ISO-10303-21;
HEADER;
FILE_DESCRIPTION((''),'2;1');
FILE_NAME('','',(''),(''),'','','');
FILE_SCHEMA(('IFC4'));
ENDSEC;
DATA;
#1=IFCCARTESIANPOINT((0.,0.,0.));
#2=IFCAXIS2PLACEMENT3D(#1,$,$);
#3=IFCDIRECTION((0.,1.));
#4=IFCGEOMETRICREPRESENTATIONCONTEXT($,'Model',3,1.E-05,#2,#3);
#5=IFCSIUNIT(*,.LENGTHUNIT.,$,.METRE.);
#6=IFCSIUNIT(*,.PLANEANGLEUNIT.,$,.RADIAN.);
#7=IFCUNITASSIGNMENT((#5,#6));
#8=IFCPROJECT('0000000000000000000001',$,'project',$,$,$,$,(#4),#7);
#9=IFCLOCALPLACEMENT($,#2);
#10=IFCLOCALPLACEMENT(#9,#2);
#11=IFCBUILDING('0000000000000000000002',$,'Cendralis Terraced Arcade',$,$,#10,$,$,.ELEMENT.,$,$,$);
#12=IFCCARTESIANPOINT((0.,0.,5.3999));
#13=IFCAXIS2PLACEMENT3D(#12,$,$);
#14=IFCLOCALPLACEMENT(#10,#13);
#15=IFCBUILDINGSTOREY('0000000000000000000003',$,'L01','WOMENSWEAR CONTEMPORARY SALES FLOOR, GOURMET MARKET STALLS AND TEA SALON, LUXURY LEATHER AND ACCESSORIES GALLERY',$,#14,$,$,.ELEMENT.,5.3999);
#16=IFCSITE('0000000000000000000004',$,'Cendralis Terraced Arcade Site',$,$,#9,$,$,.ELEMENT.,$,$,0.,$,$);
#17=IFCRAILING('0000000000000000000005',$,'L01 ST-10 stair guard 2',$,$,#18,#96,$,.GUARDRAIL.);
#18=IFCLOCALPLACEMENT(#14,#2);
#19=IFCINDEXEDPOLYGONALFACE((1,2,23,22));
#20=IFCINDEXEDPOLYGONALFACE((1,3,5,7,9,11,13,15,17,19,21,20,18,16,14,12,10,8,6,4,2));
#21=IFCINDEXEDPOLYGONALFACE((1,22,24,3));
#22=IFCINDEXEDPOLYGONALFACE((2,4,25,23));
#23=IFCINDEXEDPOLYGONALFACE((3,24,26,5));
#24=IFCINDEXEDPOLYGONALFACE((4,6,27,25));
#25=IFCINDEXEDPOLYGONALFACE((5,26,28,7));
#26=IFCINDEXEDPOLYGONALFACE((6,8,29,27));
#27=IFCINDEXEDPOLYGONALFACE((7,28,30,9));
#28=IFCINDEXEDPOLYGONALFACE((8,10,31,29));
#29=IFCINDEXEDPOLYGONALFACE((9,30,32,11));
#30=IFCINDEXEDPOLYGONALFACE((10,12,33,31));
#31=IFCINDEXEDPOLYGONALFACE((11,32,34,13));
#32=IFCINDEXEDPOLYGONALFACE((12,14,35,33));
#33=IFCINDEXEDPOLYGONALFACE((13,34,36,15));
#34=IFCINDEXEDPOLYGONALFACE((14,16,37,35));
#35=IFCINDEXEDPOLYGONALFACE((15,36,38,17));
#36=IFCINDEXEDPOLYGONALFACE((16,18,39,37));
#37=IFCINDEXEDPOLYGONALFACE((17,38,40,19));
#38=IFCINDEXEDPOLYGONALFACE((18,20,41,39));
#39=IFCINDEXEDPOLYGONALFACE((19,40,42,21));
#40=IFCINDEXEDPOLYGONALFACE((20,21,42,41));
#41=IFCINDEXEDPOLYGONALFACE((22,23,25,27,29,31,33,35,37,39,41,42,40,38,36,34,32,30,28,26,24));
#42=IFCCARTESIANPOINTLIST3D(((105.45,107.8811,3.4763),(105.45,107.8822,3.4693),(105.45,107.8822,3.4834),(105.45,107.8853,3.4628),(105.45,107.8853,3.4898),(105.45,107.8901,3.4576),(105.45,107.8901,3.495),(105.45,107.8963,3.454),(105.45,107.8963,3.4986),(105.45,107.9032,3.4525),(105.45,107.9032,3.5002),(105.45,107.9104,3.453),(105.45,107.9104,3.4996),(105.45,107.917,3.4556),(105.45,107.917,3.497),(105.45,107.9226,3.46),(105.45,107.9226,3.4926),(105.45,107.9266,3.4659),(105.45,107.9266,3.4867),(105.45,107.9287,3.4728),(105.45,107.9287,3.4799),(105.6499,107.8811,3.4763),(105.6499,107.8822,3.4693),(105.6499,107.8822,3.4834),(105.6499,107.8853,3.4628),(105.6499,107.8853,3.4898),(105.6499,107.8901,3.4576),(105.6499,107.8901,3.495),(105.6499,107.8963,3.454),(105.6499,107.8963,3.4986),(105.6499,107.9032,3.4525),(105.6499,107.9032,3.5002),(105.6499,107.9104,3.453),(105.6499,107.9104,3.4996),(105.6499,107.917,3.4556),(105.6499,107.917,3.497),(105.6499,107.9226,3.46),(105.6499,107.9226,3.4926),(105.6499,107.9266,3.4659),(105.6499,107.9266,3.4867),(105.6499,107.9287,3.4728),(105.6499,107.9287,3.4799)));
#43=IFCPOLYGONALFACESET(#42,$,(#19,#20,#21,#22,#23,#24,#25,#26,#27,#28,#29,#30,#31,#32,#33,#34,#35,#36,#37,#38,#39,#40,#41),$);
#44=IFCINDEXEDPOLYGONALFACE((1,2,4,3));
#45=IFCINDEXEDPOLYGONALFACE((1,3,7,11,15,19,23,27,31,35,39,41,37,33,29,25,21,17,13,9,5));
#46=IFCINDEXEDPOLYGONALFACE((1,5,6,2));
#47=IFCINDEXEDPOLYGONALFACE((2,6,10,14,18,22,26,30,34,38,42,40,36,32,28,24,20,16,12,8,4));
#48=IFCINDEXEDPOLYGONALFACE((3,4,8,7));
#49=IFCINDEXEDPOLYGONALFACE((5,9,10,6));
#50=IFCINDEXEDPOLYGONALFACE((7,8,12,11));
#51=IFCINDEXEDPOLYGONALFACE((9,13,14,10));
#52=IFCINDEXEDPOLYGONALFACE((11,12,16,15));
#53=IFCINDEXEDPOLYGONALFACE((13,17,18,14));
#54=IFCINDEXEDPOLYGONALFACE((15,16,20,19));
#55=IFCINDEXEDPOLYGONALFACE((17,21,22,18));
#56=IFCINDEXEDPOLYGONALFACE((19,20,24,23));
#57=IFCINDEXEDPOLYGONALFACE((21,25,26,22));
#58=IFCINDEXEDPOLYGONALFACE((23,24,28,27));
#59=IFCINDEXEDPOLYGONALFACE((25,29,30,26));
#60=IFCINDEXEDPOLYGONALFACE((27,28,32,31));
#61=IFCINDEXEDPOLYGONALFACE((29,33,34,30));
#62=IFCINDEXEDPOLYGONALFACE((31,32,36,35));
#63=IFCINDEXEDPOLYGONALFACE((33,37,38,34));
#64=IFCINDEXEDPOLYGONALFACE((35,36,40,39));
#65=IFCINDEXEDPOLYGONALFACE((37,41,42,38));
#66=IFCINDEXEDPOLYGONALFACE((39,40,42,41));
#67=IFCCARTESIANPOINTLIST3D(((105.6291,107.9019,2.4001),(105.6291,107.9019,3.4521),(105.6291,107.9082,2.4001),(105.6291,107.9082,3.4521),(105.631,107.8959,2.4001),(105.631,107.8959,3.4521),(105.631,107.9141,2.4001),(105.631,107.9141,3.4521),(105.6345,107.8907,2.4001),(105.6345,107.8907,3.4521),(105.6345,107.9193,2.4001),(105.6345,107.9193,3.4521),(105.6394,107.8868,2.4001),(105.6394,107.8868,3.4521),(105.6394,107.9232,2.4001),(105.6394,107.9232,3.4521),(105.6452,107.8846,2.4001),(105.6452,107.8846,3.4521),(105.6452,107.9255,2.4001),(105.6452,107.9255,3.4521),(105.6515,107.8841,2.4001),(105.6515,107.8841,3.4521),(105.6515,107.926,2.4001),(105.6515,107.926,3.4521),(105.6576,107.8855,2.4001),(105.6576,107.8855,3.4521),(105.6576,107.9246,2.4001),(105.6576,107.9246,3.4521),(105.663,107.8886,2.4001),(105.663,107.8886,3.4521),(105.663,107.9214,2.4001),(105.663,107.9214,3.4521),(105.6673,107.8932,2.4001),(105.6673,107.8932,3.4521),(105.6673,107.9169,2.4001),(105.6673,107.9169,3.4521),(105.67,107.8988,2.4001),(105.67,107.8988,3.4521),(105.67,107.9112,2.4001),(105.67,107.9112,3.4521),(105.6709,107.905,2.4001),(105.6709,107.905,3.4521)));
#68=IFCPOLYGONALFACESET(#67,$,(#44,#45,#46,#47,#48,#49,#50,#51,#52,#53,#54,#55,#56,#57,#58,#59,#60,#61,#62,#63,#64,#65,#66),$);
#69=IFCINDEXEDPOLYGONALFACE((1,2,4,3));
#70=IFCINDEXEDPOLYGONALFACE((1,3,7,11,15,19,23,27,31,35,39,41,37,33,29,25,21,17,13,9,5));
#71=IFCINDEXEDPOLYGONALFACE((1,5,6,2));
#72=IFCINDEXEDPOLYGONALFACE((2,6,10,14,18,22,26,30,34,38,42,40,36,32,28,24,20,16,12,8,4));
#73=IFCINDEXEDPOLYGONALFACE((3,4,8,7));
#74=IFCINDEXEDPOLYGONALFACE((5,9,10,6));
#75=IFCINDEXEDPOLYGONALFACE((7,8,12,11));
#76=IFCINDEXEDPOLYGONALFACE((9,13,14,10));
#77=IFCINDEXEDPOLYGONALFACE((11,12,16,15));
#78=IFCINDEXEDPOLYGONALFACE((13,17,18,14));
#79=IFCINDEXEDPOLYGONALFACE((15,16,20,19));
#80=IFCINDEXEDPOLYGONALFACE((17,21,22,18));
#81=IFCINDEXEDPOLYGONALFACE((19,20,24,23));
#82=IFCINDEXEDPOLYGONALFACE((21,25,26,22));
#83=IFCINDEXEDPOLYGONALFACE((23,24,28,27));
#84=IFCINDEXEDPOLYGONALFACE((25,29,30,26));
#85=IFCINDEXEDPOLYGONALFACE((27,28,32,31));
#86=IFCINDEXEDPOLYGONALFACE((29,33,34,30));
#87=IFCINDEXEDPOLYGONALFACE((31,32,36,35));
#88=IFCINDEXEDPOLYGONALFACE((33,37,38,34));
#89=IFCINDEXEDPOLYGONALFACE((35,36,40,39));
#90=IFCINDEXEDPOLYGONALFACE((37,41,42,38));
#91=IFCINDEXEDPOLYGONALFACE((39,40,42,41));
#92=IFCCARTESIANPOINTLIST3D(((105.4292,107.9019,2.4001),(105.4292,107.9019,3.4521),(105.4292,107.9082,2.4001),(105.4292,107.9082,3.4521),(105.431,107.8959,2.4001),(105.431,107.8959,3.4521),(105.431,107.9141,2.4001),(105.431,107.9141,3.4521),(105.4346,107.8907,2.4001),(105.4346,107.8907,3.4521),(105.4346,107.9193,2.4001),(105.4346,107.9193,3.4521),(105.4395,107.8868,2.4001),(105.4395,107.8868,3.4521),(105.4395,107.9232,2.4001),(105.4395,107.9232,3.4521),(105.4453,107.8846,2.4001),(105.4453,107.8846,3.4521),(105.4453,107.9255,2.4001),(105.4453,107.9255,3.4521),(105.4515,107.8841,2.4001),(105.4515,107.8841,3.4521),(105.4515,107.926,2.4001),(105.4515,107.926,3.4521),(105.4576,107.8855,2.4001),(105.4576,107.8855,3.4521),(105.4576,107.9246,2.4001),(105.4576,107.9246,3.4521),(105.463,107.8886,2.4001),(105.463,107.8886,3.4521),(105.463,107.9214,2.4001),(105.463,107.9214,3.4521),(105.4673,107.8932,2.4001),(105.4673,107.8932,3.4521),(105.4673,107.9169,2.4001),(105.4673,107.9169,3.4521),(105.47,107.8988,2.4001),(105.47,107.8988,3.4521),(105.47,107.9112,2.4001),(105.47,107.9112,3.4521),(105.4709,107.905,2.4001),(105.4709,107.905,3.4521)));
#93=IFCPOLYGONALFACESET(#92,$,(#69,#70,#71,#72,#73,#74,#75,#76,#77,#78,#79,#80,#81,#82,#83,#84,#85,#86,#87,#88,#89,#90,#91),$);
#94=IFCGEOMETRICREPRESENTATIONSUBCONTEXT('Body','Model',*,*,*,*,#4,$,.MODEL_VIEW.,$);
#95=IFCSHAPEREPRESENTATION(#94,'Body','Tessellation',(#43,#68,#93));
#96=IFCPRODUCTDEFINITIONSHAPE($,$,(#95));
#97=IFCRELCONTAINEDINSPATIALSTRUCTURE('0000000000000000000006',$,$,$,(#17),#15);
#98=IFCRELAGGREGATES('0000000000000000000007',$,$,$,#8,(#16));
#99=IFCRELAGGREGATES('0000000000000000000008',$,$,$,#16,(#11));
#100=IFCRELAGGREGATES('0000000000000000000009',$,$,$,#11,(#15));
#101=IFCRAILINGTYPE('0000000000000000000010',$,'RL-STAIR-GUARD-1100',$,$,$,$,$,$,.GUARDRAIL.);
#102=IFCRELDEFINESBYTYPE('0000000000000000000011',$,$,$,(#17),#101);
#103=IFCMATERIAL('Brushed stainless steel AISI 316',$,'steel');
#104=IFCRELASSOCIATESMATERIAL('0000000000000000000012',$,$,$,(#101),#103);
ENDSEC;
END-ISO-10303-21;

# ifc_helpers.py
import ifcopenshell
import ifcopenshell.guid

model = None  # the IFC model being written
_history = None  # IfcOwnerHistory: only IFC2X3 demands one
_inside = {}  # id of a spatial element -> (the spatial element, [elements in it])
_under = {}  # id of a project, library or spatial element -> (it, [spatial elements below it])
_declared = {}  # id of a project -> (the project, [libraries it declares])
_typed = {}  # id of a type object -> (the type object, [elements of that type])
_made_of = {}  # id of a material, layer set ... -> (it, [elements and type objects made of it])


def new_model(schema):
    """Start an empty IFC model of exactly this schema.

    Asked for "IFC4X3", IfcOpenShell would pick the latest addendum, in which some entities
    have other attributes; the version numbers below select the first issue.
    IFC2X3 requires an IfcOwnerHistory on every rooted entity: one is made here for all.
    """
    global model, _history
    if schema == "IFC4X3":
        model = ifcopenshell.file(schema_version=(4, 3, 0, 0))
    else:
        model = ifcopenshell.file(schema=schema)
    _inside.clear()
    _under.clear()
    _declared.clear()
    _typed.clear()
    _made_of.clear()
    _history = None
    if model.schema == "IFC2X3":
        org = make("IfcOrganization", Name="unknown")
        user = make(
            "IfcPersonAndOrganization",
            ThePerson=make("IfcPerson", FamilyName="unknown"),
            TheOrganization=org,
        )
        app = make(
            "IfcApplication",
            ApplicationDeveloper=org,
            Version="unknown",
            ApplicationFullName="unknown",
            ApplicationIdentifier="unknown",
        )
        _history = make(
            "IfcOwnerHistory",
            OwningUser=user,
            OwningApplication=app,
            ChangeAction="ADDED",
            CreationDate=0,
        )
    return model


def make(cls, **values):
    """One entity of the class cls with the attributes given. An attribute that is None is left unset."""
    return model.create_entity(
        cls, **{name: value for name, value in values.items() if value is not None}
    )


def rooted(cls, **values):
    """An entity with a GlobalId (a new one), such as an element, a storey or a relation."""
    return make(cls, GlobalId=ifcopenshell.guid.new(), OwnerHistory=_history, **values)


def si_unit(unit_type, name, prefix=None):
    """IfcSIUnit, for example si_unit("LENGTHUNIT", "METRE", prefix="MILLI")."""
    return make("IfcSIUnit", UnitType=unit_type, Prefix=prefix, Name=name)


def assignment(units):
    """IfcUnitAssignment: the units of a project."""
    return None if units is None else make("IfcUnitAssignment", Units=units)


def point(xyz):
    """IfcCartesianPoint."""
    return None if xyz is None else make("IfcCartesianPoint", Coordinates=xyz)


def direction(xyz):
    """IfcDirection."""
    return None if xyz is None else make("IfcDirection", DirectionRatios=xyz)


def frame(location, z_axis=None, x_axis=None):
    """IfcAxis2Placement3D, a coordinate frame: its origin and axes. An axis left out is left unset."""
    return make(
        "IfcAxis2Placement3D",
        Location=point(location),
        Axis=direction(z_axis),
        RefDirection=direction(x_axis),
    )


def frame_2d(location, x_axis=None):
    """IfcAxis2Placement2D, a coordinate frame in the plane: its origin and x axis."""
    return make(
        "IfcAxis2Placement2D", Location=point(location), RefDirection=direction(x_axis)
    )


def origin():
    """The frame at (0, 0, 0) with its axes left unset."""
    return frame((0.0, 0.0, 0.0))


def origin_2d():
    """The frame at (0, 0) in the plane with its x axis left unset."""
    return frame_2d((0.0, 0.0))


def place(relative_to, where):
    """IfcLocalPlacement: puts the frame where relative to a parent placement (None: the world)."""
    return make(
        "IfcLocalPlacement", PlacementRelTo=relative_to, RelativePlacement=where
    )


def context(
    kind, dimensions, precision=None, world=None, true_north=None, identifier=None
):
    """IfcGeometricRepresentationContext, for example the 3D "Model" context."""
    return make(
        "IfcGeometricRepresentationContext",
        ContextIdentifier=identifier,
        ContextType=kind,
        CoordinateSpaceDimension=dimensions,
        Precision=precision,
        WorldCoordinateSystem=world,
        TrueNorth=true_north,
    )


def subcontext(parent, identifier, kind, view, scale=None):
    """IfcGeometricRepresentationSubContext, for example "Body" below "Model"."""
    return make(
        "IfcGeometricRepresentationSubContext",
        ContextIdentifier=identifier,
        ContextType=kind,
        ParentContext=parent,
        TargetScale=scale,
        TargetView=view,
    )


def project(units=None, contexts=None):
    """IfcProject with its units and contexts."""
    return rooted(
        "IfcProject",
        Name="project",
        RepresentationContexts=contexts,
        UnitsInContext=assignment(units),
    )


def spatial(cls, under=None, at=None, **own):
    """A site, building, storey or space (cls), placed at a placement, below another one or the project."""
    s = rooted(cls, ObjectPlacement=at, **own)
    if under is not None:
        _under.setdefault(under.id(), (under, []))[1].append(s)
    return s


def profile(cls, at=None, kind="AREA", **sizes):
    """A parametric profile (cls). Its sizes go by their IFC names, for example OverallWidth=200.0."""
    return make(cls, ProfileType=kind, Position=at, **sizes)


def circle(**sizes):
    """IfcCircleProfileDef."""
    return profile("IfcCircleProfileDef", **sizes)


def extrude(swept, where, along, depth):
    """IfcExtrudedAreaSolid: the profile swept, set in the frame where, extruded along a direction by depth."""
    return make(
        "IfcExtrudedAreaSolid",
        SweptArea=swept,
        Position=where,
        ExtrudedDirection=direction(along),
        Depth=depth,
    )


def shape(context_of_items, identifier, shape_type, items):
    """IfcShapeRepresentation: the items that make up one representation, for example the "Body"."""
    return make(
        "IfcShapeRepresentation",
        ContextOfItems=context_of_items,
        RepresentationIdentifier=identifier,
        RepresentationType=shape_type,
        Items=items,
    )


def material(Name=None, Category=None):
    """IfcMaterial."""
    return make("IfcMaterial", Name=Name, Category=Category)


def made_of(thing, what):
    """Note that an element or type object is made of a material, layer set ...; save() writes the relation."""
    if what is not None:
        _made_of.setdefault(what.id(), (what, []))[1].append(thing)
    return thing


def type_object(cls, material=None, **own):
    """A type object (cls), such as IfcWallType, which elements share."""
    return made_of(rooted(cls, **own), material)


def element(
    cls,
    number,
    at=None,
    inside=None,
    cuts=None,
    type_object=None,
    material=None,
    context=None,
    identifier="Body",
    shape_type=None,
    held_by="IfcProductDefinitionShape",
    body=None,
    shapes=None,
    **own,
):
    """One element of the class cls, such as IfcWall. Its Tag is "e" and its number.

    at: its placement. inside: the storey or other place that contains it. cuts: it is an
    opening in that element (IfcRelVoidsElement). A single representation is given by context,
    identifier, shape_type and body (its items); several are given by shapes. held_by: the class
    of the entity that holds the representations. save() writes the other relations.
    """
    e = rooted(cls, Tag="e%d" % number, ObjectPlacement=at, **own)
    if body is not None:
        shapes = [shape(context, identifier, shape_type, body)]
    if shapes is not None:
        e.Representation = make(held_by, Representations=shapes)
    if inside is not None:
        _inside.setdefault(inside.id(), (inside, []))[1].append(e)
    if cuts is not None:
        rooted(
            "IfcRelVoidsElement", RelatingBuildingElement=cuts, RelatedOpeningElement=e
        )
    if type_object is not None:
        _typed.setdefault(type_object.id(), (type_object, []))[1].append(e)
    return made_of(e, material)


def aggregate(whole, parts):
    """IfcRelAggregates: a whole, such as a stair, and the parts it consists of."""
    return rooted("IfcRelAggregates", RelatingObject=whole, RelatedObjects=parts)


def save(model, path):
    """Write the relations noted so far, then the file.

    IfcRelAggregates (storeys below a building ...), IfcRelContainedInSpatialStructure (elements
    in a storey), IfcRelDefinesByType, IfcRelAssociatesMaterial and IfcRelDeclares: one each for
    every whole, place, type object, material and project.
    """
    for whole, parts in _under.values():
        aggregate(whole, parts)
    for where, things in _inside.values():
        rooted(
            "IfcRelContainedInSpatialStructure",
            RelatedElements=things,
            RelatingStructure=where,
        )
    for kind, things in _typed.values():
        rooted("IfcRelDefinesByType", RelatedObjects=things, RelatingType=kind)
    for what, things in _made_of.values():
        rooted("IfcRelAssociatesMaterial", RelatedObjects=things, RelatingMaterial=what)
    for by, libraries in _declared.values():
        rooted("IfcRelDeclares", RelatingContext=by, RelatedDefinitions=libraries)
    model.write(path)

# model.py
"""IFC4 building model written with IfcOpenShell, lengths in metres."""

from ifc_helpers import new_model, si_unit, direction, frame, origin, origin_2d, place, context, subcontext, project, spatial, circle, extrude, material, type_object, element, save


model = new_model("IFC4")

# Units and contexts
model_context = context("Model", 3, precision=1e-05, world=origin(), true_north=direction((0.0, 1.0)))
body_context = subcontext(model_context, "Body", "Model", "MODEL_VIEW")
ifc_project = project(units=[si_unit("LENGTHUNIT", "METRE"), si_unit("PLANEANGLEUNIT", "RADIAN")], contexts=[model_context])

# Site, building, storey
site_placement = place(None, origin())
site = spatial("IfcSite", under=ifc_project, at=site_placement, Name="Cendralis Terraced Arcade Site", CompositionType="ELEMENT", RefElevation=0.0)
building_placement = place(site_placement, origin())
building = spatial("IfcBuilding", under=site, at=building_placement, Name="Cendralis Terraced Arcade", CompositionType="ELEMENT")
storey_placement = place(building_placement, frame((0.0, 0.0, 5.3999)))
storey = spatial("IfcBuildingStorey", under=building, at=storey_placement, Name="L01", Description="WOMENSWEAR CONTEMPORARY SALES FLOOR, GOURMET MARKET STALLS AND TEA SALON, LUXURY LEATHER AND ACCESSORIES GALLERY", CompositionType="ELEMENT", Elevation=5.3999)

# Railing
ifc_material_1 = material(Name="Brushed stainless steel AISI 316", Category="steel")
railing_type_1 = type_object("IfcRailingType", Name="RL-STAIR-GUARD-1100", PredefinedType="GUARDRAIL", material=ifc_material_1)
railing_1_placement = place(storey_placement, frame((105.6499, 107.905, 2.4001)))
element("IfcRailing", 1, at=railing_1_placement, inside=storey, type_object=railing_type_1, Name="L01 ST-10 stair guard 2", PredefinedType="GUARDRAIL", context=body_context, shape_type="SweptSolid", body=[
    extrude(circle(Radius=0.0239, at=origin_2d()), frame((0.0, 0.0, 1.0762), z_axis=(-1.0, 0.0, 0.0), x_axis=(0.0, -1.0, 0.0)), (0.0, 0.0, 1.0), 0.2),
    extrude(circle(Radius=0.021, at=origin_2d()), origin(), (0.0, 0.0, 1.0), 1.052),
    extrude(circle(Radius=0.021, at=origin_2d()), frame((-0.2, 0.0, 0.0)), (0.0, 0.0, 1.0), 1.052),
])

save(model, "model.ifc")
